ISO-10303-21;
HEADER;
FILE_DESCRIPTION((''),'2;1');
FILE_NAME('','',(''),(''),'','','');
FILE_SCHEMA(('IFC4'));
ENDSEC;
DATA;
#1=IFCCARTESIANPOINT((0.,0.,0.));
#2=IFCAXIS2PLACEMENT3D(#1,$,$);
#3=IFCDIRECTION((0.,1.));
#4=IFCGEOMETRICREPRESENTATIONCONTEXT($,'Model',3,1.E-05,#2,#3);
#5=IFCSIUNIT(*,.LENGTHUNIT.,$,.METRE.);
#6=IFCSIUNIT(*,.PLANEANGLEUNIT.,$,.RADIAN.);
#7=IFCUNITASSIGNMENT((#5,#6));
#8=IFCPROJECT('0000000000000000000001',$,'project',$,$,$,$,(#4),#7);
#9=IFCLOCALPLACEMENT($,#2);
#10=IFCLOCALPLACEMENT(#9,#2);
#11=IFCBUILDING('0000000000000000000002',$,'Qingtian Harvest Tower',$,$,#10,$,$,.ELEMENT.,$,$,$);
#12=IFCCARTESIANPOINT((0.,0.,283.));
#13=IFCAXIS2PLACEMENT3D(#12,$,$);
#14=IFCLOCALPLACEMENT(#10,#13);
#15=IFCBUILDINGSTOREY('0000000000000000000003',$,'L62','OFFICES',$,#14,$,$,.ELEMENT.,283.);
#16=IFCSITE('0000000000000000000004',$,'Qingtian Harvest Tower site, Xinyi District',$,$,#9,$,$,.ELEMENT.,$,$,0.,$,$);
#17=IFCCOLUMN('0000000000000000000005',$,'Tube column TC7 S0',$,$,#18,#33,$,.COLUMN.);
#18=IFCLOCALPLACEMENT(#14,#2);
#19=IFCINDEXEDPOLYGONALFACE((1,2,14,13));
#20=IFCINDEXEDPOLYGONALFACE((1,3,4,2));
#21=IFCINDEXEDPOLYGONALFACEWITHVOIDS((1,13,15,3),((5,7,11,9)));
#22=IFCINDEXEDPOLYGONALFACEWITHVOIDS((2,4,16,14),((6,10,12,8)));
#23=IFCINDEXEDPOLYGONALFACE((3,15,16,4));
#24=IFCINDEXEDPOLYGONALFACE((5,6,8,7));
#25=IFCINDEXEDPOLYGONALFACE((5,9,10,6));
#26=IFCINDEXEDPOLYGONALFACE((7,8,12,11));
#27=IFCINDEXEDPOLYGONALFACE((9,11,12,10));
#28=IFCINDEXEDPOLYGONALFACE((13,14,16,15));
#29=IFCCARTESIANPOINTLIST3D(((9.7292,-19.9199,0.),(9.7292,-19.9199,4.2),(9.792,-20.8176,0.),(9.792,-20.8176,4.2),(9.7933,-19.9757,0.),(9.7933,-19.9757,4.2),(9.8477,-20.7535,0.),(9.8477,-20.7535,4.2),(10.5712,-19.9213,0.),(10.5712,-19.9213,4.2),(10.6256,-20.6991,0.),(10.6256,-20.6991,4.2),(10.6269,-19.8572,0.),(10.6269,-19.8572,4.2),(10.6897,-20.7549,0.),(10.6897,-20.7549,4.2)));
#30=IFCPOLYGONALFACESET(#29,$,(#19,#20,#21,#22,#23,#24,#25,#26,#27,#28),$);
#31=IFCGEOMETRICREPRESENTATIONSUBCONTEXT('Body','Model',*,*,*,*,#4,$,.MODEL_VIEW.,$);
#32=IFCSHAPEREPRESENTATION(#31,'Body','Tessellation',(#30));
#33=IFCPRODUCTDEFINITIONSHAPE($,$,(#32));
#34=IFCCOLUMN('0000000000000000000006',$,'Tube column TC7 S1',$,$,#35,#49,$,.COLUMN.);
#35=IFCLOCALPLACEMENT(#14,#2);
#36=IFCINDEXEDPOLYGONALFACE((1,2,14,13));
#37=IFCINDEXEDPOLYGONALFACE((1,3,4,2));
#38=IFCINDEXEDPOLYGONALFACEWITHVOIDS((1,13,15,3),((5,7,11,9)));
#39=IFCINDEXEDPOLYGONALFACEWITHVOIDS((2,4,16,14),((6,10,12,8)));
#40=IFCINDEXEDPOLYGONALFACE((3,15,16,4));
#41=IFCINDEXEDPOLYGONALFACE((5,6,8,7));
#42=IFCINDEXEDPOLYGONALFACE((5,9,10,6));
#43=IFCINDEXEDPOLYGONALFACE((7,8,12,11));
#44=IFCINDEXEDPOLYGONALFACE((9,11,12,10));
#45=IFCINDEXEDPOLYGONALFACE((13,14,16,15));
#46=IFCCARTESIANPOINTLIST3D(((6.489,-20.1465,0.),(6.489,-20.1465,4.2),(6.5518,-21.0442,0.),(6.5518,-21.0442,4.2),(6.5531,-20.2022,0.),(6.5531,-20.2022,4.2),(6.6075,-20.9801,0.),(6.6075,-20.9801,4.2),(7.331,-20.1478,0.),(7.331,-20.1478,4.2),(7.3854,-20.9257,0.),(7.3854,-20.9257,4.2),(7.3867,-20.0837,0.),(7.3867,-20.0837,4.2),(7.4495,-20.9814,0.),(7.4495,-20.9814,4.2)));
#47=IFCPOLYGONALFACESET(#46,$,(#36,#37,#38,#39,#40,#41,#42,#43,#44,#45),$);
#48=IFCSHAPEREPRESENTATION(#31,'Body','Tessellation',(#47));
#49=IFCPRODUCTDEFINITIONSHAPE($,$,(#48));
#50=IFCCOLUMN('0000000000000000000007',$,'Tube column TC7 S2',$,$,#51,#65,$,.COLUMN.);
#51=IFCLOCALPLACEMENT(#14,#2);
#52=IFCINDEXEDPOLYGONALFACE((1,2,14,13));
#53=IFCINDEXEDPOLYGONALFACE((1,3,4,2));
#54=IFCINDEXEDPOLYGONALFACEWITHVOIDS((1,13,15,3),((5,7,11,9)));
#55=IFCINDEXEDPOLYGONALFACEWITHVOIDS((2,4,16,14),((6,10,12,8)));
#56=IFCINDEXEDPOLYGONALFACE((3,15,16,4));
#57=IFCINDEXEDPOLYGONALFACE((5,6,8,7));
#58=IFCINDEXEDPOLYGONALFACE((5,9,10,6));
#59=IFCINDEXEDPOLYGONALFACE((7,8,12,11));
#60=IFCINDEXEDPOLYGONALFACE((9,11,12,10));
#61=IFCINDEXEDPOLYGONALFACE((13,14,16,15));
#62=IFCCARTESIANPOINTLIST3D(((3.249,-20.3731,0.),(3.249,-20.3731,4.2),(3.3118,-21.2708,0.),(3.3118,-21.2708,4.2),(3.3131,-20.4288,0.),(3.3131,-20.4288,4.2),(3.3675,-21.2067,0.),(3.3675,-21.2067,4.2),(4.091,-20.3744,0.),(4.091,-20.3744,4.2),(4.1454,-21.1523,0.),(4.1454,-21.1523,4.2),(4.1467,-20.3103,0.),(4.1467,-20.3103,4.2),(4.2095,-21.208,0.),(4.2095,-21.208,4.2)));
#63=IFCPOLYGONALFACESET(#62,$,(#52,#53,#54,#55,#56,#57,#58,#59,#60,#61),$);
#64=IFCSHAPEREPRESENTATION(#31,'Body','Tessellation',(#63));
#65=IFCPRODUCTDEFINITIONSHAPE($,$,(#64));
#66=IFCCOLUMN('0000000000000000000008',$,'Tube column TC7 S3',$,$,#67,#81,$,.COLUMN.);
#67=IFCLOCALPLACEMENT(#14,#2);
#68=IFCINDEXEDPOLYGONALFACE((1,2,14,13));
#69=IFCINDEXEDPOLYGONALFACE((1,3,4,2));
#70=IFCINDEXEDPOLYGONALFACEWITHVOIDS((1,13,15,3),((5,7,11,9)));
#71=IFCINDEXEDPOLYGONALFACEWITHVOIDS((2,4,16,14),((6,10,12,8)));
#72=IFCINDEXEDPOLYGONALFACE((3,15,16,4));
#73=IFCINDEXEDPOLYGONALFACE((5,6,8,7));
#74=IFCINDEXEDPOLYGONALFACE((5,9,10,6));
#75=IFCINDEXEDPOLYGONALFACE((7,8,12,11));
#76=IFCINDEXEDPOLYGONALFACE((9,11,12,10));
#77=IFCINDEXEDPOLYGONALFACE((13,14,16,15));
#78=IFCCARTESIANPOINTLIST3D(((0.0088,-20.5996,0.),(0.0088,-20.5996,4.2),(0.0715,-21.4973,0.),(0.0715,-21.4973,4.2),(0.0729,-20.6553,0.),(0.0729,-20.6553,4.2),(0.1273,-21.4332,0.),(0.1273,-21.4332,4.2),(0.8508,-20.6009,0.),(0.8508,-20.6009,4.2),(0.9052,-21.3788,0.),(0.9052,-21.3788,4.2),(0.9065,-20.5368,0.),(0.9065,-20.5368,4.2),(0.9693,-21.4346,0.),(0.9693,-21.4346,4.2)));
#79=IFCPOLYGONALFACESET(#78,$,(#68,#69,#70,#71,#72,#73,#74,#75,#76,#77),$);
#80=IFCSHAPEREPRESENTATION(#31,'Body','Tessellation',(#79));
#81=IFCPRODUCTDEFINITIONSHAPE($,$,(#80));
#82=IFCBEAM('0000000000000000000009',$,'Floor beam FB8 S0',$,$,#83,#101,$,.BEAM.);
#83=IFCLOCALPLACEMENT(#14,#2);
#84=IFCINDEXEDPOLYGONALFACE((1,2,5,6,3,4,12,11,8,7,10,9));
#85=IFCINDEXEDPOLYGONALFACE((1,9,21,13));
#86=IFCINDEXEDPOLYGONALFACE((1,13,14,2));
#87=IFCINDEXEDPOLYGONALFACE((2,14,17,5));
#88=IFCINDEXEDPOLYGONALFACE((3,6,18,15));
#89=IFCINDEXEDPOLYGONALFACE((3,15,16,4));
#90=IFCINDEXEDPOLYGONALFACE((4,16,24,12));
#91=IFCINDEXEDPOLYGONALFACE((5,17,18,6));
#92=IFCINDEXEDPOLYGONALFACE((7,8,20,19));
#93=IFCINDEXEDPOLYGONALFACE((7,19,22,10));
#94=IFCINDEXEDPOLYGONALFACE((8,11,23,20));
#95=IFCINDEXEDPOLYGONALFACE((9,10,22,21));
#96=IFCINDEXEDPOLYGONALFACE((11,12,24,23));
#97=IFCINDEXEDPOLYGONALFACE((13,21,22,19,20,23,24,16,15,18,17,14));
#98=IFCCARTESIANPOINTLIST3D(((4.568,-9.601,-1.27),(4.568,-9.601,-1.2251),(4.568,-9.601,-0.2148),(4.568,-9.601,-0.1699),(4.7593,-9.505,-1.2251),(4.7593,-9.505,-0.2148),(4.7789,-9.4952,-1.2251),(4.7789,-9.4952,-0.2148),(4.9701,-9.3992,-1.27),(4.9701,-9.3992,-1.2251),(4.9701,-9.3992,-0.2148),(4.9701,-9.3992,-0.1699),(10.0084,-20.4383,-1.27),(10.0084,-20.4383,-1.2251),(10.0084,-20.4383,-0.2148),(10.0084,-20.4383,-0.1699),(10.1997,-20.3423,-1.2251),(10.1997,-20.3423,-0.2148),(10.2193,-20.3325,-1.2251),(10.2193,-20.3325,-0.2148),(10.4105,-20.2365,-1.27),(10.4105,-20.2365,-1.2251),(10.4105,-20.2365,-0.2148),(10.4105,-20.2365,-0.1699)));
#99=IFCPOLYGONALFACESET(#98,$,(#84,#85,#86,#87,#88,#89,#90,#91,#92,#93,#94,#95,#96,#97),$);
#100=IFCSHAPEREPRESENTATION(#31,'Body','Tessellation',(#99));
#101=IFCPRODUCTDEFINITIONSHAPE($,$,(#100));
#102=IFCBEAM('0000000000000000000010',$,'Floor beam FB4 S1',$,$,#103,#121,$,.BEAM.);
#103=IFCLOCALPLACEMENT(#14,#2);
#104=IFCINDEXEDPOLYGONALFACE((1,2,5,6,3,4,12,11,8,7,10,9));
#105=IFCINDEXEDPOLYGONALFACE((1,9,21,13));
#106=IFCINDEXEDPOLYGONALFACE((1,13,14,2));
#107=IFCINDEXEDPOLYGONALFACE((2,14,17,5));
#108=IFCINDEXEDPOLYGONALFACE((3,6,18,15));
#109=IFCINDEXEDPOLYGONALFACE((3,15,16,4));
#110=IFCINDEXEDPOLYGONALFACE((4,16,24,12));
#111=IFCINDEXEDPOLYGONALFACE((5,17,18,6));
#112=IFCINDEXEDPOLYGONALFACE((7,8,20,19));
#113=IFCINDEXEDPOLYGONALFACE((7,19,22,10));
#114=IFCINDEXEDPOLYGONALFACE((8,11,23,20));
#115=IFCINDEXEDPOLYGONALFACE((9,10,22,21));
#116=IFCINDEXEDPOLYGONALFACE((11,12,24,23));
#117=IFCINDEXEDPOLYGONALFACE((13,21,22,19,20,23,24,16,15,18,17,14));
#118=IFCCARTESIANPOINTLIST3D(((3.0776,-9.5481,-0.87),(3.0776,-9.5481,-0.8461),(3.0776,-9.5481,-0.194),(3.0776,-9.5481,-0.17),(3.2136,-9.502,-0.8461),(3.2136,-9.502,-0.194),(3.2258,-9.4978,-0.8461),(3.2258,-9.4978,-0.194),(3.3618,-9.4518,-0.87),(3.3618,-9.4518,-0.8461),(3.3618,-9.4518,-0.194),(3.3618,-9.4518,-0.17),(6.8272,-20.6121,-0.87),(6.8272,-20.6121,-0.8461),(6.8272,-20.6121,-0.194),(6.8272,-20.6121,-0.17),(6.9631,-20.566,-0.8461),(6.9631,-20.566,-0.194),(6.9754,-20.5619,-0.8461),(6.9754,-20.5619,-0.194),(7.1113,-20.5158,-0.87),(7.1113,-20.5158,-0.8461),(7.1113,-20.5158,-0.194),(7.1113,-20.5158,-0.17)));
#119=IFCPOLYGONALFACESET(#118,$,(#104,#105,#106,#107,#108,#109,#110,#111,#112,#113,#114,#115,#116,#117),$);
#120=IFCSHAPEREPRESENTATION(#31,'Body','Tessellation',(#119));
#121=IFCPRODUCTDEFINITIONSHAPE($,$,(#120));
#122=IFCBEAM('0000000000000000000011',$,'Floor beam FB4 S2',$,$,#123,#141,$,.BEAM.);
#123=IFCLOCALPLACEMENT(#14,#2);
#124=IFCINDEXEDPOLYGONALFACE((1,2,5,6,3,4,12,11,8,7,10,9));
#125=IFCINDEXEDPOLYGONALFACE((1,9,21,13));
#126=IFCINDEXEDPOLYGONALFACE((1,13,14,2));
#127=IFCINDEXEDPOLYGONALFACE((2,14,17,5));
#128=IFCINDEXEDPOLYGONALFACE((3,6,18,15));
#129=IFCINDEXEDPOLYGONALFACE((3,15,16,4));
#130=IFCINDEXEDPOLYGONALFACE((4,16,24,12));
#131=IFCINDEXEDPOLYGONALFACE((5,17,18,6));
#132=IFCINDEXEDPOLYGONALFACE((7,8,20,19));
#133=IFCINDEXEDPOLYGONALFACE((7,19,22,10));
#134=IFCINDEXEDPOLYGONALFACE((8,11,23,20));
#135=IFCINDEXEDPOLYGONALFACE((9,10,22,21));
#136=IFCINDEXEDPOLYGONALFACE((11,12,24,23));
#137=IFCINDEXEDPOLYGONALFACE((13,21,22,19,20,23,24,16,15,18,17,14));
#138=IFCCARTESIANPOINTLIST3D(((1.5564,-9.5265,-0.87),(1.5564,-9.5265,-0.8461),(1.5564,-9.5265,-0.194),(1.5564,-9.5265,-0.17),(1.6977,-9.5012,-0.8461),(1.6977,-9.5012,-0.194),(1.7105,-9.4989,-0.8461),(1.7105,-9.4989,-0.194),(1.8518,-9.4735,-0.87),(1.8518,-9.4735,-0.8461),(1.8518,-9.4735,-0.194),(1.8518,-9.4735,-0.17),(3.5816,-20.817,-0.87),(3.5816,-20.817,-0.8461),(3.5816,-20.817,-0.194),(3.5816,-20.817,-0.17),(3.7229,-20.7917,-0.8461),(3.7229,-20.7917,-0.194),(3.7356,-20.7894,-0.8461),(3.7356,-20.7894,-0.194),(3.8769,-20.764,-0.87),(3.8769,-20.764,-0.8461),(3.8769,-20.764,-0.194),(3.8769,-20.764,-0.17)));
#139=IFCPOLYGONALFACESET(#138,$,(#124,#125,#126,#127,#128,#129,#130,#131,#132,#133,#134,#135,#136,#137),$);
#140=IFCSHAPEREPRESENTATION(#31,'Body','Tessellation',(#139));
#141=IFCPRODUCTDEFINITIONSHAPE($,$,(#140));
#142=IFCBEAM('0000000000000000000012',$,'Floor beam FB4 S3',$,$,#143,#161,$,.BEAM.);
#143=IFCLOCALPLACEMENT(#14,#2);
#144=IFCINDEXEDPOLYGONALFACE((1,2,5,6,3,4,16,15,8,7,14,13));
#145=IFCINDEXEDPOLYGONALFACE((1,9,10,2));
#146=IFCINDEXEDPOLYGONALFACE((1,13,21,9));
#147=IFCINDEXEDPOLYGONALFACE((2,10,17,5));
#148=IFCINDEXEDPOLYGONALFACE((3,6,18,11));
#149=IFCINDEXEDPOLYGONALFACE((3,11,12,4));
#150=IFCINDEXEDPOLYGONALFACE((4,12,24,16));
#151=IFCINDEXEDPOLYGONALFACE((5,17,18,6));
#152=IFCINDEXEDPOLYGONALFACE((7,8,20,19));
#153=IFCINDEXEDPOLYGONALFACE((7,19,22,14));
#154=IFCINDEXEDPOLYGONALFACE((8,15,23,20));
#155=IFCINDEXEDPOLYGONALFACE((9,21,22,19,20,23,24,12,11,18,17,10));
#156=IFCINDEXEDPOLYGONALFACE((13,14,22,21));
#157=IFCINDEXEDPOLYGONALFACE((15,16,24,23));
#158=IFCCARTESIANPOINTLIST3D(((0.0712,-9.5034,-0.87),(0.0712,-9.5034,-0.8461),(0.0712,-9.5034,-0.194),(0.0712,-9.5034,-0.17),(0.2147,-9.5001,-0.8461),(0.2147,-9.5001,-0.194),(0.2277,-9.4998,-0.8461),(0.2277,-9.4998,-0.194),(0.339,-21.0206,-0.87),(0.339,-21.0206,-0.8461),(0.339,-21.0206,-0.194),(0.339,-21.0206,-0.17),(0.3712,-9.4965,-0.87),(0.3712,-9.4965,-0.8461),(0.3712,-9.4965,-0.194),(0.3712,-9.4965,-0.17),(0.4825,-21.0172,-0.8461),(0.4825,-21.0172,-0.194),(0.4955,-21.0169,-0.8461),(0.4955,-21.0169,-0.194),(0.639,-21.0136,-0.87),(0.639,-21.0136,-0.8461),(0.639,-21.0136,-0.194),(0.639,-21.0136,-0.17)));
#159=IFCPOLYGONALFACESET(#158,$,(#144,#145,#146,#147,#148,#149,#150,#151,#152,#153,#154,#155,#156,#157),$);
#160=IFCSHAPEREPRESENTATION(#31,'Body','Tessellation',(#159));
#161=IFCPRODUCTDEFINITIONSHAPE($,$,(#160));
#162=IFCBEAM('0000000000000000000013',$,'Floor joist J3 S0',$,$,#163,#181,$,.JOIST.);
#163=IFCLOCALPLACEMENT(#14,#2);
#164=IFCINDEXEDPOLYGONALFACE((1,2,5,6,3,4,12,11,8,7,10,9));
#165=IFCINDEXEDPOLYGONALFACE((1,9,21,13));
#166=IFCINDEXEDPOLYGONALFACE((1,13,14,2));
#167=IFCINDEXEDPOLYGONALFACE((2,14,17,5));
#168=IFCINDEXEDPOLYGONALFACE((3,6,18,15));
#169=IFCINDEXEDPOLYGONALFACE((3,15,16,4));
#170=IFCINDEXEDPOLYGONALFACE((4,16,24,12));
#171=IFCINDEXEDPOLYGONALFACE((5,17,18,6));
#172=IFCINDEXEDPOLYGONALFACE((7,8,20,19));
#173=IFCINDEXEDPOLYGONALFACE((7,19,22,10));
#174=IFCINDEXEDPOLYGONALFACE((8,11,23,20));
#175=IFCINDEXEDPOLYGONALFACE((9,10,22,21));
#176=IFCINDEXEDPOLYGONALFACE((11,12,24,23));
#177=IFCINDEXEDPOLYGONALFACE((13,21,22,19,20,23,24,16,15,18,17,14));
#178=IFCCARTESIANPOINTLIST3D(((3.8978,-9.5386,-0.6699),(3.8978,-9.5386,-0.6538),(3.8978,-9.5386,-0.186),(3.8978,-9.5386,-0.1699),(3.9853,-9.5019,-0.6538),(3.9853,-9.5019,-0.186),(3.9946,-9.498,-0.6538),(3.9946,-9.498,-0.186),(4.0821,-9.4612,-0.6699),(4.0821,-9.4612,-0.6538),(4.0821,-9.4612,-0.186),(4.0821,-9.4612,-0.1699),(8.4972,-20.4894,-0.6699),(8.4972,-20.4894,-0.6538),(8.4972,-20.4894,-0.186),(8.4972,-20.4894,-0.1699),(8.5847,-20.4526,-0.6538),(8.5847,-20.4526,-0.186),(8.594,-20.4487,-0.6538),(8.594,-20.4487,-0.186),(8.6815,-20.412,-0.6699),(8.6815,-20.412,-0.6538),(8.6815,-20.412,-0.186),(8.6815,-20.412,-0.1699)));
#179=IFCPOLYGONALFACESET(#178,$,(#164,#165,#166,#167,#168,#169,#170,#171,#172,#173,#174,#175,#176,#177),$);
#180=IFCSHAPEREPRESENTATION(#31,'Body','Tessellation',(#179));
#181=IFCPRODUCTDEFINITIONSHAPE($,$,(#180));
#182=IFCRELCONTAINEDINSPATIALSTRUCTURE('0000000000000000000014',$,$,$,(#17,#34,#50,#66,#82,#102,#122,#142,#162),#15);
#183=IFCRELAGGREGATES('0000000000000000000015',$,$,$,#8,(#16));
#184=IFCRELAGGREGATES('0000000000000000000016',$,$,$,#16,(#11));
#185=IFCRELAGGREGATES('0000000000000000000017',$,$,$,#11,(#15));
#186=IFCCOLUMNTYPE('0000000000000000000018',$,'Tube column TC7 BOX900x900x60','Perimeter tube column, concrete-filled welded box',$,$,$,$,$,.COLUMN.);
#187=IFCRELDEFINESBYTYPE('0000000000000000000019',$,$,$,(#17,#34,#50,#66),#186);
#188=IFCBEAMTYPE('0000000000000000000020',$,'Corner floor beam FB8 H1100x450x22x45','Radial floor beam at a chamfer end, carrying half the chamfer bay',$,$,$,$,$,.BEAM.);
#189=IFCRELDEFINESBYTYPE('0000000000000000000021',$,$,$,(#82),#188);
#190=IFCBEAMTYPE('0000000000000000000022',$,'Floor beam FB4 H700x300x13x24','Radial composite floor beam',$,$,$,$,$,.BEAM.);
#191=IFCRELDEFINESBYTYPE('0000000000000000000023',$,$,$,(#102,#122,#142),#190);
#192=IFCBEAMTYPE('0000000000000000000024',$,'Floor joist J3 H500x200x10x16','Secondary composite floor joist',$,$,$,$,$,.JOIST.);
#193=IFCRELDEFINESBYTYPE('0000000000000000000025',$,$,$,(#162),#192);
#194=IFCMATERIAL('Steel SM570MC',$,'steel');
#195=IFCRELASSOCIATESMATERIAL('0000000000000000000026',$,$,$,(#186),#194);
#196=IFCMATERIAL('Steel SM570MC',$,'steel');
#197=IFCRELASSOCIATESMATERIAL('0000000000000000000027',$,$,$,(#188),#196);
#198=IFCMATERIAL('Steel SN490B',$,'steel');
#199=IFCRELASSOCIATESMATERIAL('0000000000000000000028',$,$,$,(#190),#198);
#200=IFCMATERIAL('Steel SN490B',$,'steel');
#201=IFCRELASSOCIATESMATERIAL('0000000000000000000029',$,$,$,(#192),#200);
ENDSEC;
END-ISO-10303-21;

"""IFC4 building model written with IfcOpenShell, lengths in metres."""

from ifc_helpers import new_model, si_unit, direction, frame, origin, origin_2d, place, context, subcontext, project, spatial, hollow_rectangle, i_section, extrude, material, material_profile, profile_set, type_object, element, save


model = new_model("IFC4")

# Units and contexts
model_context = context("Model", 3, precision=1e-05, world=origin(), true_north=direction((0.0, 1.0)))
body_context = subcontext(model_context, "Body", "Model", "MODEL_VIEW")
ifc_project = project(units=[si_unit("LENGTHUNIT", "METRE"), si_unit("PLANEANGLEUNIT", "RADIAN")], contexts=[model_context])

# Site, building, storey
site_placement = place(None, origin())
site = spatial("IfcSite", under=ifc_project, at=site_placement, Name="Qingtian Harvest Tower site, Xinyi District", CompositionType="ELEMENT", RefElevation=0.0)
building_placement = place(site_placement, origin())
building = spatial("IfcBuilding", under=site, at=building_placement, Name="Qingtian Harvest Tower", CompositionType="ELEMENT")
storey_placement = place(building_placement, frame((0.0, 0.0, 283.0)))
storey = spatial("IfcBuildingStorey", under=building, at=storey_placement, Name="L62", Description="OFFICES", CompositionType="ELEMENT", Elevation=283.0)

# Columns
ifc_material_1 = material(Name="Steel SM570MC", Category="steel")
ifc_material_profile_1 = material_profile(ifc_material_1, hollow_rectangle(XDim=0.8999, YDim=0.8999, WallThickness=0.0601, at=origin_2d()), Name="BOX900x900x60")
ifc_profile_set_1 = profile_set([ifc_material_profile_1], Name="Steel SM570MC")
column_type = type_object("IfcColumnType", Name="Tube column TC7 BOX900x900x60", Description="Perimeter tube column, concrete-filled welded box", PredefinedType="COLUMN", material=ifc_profile_set_1)
for number, where, z_axis, x_axis, name in (
    (1, (10.2095, -20.3374, 0.0), (0.0, 0.0, 1.0), (0.997564, 0.069756, 0.0), "Tube column TC7 S0"),
    (2, (6.9692, -20.564, 0.0), (0.0, 0.0, 1.0), (0.997564, 0.069756, 0.0), "Tube column TC7 S1"),
    (3, (3.7292, -20.7905, 0.0), (0.0, 0.0, 1.0), (0.997564, 0.069756, 0.0), "Tube column TC7 S2"),
    (4, (0.489, -21.0171, 0.0), (0.0, 0.0, 1.0), (0.997564, 0.069756, 0.0), "Tube column TC7 S3"),
):
    element("IfcColumn", number, at=place(storey_placement, frame(where, z_axis=z_axis, x_axis=x_axis)), inside=storey, type_object=column_type, Name=name, PredefinedType="COLUMN", context=body_context, shape_type="SweptSolid", body=[
        extrude(hollow_rectangle(XDim=0.8999, YDim=0.8999, WallThickness=0.0601, at=origin_2d()), origin(), (0.0, 0.0, 1.0), 4.2),
    ])

# Beams
ifc_material_2 = material(Name="Steel SM570MC", Category="steel")
ifc_material_profile_2 = material_profile(ifc_material_2, i_section(OverallWidth=0.45, OverallDepth=1.1001, WebThickness=0.022, FlangeThickness=0.0449, at=origin_2d()), Name="H1100x450x22x45")
ifc_profile_set_2 = profile_set([ifc_material_profile_2], Name="Steel SM570MC")
beam_type_1 = type_object("IfcBeamType", Name="Corner floor beam FB8 H1100x450x22x45", Description="Radial floor beam at a chamfer end, carrying half the chamfer bay", PredefinedType="BEAM", material=ifc_profile_set_2)
beam_1_placement = place(storey_placement, frame((10.2095, -20.3374, -0.72), z_axis=(-0.448646, 0.893709, 0.0), x_axis=(-0.893709, -0.448646, 0.0)))
element("IfcBeam", 5, at=beam_1_placement, inside=storey, type_object=beam_type_1, Name="Floor beam FB8 S0", PredefinedType="BEAM", context=body_context, shape_type="SweptSolid", body=[
    extrude(i_section(OverallWidth=0.45, OverallDepth=1.1001, WebThickness=0.022, FlangeThickness=0.0449, at=origin_2d()), origin(), (0.0, 0.0, 1.0), 12.1262),
])
ifc_material_3 = material(Name="Steel SN490B", Category="steel")
ifc_material_profile_3 = material_profile(ifc_material_3, i_section(OverallWidth=0.3, OverallDepth=0.7, WebThickness=0.0129, FlangeThickness=0.0239, at=origin_2d()), Name="H700x300x13x24")
ifc_profile_set_3 = profile_set([ifc_material_profile_3], Name="Steel SN490B")
beam_type_2 = type_object("IfcBeamType", Name="Floor beam FB4 H700x300x13x24", Description="Radial composite floor beam", PredefinedType="BEAM", material=ifc_profile_set_3)
beam_2_placement = place(storey_placement, frame((6.9692, -20.564, -0.52), z_axis=(-0.320964, 0.947092, 0.0), x_axis=(-0.947092, -0.320964, 0.0)))
element("IfcBeam", 6, at=beam_2_placement, inside=storey, type_object=beam_type_2, Name="Floor beam FB4 S1", PredefinedType="BEAM", context=body_context, shape_type="SweptSolid", body=[
    extrude(i_section(OverallWidth=0.3, OverallDepth=0.7, WebThickness=0.0129, FlangeThickness=0.0239, at=origin_2d()), origin(), (0.0, 0.0, 1.0), 11.6821),
])
beam_3_placement = place(storey_placement, frame((3.7292, -20.7905, -0.52), z_axis=(-0.176549, 0.984292, 0.0), x_axis=(-0.984292, -0.176549, 0.0)))
element("IfcBeam", 7, at=beam_3_placement, inside=storey, type_object=beam_type_2, Name="Floor beam FB4 S2", PredefinedType="BEAM", context=body_context, shape_type="SweptSolid", body=[
    extrude(i_section(OverallWidth=0.3, OverallDepth=0.7, WebThickness=0.0129, FlangeThickness=0.0239, at=origin_2d()), origin(), (0.0, 0.0, 1.0), 11.4707),
])
beam_4_placement = place(storey_placement, frame((0.489, -21.0171, -0.52), z_axis=(-0.023248, 0.99973, 0.0), x_axis=(-0.99973, -0.023248, 0.0)))
element("IfcBeam", 8, at=beam_4_placement, inside=storey, type_object=beam_type_2, Name="Floor beam FB4 S3", PredefinedType="BEAM", context=body_context, shape_type="SweptSolid", body=[
    extrude(i_section(OverallWidth=0.3, OverallDepth=0.7, WebThickness=0.0129, FlangeThickness=0.0239, at=origin_2d()), origin(), (0.0, 0.0, 1.0), 11.5203),
])
ifc_material_4 = material(Name="Steel SN490B", Category="steel")
ifc_material_profile_4 = material_profile(ifc_material_4, i_section(OverallWidth=0.2, OverallDepth=0.5, WebThickness=0.01, FlangeThickness=0.0161, at=origin_2d()), Name="H500x200x10x16")
ifc_profile_set_4 = profile_set([ifc_material_profile_4], Name="Steel SN490B")
beam_type_3 = type_object("IfcBeamType", Name="Floor joist J3 H500x200x10x16", Description="Secondary composite floor joist", PredefinedType="JOIST", material=ifc_profile_set_4)
beam_5_placement = place(storey_placement, frame((8.5894, -20.4507, -0.4199), z_axis=(-0.387238, 0.92198, 0.0), x_axis=(-0.92198, -0.387238, 0.0)))
element("IfcBeam", 9, at=beam_5_placement, inside=storey, type_object=beam_type_3, Name="Floor joist J3 S0", PredefinedType="JOIST", context=body_context, shape_type="SweptSolid", body=[
    extrude(i_section(OverallWidth=0.2, OverallDepth=0.5, WebThickness=0.01, FlangeThickness=0.0161, at=origin_2d()), origin(), (0.0, 0.0, 1.0), 11.8774),
])

save(model, "model.ifc")
